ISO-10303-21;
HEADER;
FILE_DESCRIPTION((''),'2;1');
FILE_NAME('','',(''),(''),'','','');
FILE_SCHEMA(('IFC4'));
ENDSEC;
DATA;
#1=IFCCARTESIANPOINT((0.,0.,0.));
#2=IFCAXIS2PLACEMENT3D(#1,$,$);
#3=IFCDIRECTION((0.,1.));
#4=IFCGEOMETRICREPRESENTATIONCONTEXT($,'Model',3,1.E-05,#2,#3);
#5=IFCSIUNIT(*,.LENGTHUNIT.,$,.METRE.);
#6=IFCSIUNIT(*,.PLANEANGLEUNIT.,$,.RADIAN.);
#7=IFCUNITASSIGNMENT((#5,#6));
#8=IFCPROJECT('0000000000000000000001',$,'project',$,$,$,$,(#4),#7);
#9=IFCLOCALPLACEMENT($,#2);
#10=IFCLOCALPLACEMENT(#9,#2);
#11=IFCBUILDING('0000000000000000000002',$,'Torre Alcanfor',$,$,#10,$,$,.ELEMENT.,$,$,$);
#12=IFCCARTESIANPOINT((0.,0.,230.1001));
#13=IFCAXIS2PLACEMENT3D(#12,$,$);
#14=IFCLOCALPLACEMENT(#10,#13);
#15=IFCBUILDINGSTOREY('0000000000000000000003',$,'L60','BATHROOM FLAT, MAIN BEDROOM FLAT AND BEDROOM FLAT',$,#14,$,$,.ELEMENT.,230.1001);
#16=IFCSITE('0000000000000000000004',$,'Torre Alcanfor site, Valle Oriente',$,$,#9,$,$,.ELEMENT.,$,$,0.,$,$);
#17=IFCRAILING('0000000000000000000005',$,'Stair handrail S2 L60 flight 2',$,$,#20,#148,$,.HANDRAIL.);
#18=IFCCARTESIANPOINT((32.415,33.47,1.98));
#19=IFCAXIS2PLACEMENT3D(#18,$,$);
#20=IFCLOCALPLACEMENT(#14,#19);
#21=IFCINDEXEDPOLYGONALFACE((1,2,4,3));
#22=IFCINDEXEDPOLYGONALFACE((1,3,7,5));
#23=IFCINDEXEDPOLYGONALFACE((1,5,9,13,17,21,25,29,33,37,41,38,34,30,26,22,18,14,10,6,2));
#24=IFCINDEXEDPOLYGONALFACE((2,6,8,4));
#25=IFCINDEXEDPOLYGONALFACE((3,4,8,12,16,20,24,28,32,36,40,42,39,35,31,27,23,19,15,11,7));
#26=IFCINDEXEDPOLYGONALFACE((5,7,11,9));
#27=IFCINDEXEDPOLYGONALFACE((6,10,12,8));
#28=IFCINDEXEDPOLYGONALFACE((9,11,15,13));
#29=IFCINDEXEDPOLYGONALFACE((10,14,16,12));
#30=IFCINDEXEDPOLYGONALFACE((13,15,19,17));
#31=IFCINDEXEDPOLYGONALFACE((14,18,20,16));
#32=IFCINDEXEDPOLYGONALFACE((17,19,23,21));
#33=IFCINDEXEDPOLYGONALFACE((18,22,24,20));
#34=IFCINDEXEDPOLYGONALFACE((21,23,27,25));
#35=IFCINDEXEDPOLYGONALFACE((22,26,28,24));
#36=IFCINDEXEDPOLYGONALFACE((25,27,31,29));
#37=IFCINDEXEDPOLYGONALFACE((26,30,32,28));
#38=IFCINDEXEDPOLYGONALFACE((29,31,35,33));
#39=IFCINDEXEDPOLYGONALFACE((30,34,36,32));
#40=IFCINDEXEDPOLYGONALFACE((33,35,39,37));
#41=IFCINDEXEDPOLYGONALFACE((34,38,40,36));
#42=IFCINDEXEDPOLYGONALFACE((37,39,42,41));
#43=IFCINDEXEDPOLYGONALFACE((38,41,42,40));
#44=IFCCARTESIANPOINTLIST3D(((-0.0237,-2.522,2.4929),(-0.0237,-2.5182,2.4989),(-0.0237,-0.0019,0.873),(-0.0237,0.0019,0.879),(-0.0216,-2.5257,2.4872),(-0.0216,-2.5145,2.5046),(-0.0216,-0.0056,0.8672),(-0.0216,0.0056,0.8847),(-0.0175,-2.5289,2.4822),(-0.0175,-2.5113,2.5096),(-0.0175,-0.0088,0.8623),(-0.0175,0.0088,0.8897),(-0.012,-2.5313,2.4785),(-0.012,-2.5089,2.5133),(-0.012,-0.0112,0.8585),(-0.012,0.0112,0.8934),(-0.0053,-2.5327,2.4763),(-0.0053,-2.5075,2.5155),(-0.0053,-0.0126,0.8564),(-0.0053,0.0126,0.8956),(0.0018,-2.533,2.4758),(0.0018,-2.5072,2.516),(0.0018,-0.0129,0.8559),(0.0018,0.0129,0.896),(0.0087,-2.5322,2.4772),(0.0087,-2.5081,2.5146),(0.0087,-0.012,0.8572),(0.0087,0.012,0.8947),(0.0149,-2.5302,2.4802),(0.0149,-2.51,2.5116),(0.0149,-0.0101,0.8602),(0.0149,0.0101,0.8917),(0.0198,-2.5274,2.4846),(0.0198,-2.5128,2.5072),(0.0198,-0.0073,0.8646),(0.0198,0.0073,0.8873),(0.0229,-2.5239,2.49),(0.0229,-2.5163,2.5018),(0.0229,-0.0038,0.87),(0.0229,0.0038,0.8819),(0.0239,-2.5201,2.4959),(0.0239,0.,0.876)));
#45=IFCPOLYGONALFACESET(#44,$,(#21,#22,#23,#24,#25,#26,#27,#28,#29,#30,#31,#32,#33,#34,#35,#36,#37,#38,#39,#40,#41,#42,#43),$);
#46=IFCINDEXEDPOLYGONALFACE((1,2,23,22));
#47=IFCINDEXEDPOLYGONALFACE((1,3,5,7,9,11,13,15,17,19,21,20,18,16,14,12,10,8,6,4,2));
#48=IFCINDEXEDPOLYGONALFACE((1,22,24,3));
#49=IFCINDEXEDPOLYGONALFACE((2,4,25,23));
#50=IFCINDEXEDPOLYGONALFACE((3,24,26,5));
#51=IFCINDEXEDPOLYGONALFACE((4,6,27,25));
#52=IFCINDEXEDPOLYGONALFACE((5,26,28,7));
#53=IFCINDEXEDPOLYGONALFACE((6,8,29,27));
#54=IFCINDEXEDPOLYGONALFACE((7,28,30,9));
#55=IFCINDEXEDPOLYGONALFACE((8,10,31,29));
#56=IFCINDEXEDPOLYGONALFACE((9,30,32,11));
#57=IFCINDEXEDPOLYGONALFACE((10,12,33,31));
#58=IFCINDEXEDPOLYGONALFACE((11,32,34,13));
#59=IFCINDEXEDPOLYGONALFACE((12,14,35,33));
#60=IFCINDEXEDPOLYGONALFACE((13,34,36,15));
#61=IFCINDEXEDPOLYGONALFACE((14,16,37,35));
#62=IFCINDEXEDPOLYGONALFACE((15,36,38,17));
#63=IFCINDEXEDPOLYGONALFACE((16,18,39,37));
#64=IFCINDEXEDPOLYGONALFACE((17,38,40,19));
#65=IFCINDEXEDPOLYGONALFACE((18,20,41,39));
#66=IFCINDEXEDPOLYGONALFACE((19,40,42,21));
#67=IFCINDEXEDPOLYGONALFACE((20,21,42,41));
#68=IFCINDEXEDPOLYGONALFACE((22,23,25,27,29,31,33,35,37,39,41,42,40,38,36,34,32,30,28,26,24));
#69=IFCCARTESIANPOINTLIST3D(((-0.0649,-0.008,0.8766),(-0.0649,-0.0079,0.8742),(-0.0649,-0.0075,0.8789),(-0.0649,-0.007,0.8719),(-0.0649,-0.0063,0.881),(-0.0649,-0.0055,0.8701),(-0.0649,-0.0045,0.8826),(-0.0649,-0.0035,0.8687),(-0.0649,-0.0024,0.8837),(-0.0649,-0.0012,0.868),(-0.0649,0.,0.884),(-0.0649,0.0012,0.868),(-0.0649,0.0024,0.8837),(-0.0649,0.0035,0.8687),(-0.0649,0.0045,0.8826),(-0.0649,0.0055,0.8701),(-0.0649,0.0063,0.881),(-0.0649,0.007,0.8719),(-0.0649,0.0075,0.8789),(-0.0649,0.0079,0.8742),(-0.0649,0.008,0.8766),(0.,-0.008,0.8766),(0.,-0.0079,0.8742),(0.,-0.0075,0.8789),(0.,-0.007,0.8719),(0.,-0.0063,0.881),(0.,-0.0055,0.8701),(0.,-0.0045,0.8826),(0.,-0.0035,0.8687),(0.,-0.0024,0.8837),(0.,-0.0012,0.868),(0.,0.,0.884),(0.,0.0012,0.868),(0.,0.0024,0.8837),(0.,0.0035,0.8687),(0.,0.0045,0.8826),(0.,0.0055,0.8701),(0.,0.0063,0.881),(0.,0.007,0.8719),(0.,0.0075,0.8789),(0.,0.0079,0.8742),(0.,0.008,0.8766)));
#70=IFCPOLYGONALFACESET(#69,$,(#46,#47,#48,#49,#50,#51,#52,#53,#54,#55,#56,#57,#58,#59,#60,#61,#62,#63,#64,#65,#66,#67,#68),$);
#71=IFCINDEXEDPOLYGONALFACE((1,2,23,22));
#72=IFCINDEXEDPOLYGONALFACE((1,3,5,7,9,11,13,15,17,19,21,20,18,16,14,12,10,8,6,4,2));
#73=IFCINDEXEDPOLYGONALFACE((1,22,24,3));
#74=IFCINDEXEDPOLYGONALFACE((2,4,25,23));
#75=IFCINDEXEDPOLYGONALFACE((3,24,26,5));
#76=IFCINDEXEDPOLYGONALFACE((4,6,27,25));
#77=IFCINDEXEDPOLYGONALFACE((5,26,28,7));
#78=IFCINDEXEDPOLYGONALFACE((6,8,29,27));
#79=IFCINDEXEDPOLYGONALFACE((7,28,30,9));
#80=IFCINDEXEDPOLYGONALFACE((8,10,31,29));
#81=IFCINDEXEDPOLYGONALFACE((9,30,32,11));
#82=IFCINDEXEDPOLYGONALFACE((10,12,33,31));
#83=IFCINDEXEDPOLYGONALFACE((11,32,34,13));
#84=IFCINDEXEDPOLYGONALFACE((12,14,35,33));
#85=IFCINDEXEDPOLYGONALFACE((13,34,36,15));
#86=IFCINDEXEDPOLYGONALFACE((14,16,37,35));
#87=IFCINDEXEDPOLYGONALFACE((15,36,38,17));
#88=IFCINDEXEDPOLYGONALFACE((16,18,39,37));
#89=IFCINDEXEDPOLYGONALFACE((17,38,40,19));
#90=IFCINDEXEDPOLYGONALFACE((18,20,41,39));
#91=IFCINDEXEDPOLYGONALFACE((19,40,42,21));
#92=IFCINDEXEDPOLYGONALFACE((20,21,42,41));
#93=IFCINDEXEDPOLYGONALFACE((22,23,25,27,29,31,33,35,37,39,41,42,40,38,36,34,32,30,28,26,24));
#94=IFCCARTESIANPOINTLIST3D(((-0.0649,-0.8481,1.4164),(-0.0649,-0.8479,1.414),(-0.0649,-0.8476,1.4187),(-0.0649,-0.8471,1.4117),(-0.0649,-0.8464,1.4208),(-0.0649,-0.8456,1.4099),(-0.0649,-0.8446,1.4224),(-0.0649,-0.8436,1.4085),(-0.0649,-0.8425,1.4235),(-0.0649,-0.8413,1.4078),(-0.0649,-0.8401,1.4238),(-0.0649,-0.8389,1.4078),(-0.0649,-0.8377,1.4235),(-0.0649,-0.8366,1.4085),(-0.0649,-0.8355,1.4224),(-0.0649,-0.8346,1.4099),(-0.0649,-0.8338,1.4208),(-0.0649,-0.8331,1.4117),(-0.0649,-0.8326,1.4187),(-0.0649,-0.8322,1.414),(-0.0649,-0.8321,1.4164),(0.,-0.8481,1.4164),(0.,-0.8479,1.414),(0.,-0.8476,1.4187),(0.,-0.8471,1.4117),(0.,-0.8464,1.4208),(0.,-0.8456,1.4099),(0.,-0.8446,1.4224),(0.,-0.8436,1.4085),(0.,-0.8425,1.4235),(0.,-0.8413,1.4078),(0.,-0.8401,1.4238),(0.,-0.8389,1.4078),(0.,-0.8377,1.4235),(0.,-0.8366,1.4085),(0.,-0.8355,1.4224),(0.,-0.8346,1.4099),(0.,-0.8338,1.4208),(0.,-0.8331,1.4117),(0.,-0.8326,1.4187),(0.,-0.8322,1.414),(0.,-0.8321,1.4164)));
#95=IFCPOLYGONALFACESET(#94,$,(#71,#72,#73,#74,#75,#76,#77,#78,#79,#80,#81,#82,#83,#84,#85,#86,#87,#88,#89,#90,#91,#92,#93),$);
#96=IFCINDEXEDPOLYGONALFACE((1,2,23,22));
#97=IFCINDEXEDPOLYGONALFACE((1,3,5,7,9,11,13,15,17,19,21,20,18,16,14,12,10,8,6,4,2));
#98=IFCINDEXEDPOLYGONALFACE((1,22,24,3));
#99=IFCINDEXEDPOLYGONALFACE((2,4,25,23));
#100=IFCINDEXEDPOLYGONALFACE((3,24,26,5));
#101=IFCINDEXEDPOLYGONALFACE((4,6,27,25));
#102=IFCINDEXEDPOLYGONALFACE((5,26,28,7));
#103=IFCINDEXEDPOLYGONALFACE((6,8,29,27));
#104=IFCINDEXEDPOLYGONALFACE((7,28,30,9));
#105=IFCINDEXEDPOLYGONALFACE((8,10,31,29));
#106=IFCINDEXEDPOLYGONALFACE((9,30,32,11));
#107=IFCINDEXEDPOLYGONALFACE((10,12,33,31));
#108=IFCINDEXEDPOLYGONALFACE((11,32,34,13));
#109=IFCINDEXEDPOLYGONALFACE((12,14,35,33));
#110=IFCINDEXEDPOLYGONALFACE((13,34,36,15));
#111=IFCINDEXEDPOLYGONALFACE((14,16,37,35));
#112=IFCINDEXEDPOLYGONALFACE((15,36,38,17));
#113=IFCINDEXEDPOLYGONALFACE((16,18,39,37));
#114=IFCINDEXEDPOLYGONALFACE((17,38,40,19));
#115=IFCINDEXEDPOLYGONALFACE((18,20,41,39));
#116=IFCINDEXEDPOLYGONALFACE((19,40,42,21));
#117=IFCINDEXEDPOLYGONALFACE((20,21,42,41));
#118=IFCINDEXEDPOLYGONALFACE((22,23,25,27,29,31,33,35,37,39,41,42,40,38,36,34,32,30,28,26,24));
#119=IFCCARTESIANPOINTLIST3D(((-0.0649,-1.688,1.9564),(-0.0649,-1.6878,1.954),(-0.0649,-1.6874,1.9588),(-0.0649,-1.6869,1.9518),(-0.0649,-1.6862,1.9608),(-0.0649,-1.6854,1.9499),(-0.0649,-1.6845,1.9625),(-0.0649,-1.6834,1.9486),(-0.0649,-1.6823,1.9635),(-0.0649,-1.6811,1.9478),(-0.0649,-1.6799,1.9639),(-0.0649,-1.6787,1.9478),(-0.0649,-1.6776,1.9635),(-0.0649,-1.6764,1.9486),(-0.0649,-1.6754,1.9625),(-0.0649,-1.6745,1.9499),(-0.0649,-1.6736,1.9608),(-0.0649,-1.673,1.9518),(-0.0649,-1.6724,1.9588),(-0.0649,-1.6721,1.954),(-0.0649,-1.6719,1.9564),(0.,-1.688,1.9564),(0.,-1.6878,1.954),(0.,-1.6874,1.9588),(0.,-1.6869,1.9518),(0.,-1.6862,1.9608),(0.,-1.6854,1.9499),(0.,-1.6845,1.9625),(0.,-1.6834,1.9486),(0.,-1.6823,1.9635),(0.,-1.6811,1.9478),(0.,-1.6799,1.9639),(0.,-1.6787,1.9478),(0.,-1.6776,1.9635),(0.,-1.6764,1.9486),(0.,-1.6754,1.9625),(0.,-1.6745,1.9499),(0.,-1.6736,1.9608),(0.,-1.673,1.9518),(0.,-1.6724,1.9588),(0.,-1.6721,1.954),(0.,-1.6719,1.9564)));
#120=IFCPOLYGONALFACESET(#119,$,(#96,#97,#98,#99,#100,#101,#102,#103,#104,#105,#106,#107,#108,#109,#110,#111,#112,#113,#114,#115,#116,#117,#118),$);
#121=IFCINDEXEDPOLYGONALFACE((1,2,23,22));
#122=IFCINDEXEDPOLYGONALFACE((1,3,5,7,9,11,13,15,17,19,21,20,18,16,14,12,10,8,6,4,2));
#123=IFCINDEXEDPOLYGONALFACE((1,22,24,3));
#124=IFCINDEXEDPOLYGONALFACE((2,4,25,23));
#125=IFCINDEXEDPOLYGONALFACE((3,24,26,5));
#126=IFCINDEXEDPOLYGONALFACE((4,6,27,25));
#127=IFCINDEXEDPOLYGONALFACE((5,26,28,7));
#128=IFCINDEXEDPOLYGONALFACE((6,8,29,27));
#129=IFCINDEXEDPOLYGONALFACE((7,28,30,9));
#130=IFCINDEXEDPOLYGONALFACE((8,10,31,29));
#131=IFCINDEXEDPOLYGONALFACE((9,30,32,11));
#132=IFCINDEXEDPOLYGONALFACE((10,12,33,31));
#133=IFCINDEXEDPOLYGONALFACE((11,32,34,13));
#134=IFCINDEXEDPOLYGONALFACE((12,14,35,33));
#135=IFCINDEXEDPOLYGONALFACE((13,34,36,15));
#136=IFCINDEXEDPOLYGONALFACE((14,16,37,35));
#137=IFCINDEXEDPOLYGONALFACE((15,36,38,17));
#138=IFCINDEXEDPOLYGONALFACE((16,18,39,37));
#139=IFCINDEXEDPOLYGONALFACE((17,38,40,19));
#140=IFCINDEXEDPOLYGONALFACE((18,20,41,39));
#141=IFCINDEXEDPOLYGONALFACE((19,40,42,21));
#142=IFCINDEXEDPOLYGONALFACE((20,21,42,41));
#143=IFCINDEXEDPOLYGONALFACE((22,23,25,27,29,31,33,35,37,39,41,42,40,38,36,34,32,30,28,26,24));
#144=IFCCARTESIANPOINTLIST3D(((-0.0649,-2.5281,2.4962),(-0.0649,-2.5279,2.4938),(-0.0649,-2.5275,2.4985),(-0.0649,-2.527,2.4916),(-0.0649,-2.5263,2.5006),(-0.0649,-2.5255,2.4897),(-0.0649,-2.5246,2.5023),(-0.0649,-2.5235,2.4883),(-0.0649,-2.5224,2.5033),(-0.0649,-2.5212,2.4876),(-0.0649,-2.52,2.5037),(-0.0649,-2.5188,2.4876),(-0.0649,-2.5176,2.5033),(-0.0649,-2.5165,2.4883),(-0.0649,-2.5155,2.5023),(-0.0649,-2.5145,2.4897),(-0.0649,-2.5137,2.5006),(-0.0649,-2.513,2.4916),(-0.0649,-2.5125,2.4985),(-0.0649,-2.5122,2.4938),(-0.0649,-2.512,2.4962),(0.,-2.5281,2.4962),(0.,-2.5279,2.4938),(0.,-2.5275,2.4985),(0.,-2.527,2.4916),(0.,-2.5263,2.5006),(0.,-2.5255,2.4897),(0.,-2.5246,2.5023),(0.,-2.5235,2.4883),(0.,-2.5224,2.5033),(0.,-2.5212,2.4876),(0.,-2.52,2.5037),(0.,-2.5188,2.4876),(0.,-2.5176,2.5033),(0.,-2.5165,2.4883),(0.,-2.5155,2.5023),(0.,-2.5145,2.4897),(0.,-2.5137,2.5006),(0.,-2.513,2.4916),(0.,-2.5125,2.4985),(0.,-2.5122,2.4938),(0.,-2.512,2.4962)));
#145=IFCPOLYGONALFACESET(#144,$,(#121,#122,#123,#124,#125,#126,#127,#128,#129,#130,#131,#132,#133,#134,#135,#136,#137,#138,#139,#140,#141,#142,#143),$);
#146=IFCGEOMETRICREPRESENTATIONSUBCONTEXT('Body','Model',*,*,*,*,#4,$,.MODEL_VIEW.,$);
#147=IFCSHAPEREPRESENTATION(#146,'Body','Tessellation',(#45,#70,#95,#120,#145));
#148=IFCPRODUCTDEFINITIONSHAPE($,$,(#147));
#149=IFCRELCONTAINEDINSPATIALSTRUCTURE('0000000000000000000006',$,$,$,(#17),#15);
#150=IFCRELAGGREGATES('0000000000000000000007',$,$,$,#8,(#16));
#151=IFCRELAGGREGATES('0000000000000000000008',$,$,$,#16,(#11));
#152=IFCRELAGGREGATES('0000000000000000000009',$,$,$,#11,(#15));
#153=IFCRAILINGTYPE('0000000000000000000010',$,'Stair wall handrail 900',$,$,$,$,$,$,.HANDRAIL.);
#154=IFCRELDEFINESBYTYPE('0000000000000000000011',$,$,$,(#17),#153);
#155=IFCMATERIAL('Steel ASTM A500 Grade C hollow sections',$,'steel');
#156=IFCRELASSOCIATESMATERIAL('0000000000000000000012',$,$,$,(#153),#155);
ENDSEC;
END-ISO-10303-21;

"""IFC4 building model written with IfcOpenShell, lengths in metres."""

from ifc_helpers import new_model, si_unit, direction, frame, origin, origin_2d, place, context, subcontext, project, spatial, circle, extrude, material, type_object, element, save


model = new_model("IFC4")

# Units and contexts
model_context = context("Model", 3, precision=1e-05, world=origin(), true_north=direction((0.0, 1.0)))
body_context = subcontext(model_context, "Body", "Model", "MODEL_VIEW")
ifc_project = project(units=[si_unit("LENGTHUNIT", "METRE"), si_unit("PLANEANGLEUNIT", "RADIAN")], contexts=[model_context])

# Site, building, storey
site_placement = place(None, origin())
site = spatial("IfcSite", under=ifc_project, at=site_placement, Name="Torre Alcanfor site, Valle Oriente", CompositionType="ELEMENT", RefElevation=0.0)
building_placement = place(site_placement, origin())
building = spatial("IfcBuilding", under=site, at=building_placement, Name="Torre Alcanfor", CompositionType="ELEMENT")
storey_placement = place(building_placement, frame((0.0, 0.0, 230.1001)))
storey = spatial("IfcBuildingStorey", under=building, at=storey_placement, Name="L60", Description="BATHROOM FLAT, MAIN BEDROOM FLAT AND BEDROOM FLAT", CompositionType="ELEMENT", Elevation=230.1001)

# Railing
ifc_material_1 = material(Name="Steel ASTM A500 Grade C hollow sections", Category="steel")
railing_type_1 = type_object("IfcRailingType", Name="Stair wall handrail 900", PredefinedType="HANDRAIL", material=ifc_material_1)
railing_1_placement = place(storey_placement, frame((32.415, 33.47, 1.98)))
element("IfcRailing", 1, at=railing_1_placement, inside=storey, type_object=railing_type_1, Name="Stair handrail S2 L60 flight 2", PredefinedType="HANDRAIL", context=body_context, shape_type="SweptSolid", body=[
    extrude(circle(Radius=0.0239, at=origin_2d()), frame((0.0, 0.0, 0.876), z_axis=(0.0, -0.8412, 0.540725), x_axis=(1.0, 0.0, 0.0)), (0.0, 0.0, 1.0), 2.9958),
    extrude(circle(Radius=0.0081, at=origin_2d()), frame((0.0, 0.0, 0.876), z_axis=(-1.0, 0.0, 0.0), x_axis=(0.0, 0.0, 1.0)), (0.0, 0.0, 1.0), 0.0649),
    extrude(circle(Radius=0.0081, at=origin_2d()), frame((0.0, -0.8401, 1.4158), z_axis=(-1.0, 0.0, 0.0), x_axis=(0.0, 0.0, 1.0)), (0.0, 0.0, 1.0), 0.0649),
    extrude(circle(Radius=0.0081, at=origin_2d()), frame((0.0, -1.6799, 1.9558), z_axis=(-1.0, 0.0, 0.0), x_axis=(0.0, 0.0, 1.0)), (0.0, 0.0, 1.0), 0.0649),
    extrude(circle(Radius=0.0081, at=origin_2d()), frame((0.0, -2.52, 2.4956), z_axis=(-1.0, 0.0, 0.0), x_axis=(0.0, 0.0, 1.0)), (0.0, 0.0, 1.0), 0.0649),
])

save(model, "model.ifc")
